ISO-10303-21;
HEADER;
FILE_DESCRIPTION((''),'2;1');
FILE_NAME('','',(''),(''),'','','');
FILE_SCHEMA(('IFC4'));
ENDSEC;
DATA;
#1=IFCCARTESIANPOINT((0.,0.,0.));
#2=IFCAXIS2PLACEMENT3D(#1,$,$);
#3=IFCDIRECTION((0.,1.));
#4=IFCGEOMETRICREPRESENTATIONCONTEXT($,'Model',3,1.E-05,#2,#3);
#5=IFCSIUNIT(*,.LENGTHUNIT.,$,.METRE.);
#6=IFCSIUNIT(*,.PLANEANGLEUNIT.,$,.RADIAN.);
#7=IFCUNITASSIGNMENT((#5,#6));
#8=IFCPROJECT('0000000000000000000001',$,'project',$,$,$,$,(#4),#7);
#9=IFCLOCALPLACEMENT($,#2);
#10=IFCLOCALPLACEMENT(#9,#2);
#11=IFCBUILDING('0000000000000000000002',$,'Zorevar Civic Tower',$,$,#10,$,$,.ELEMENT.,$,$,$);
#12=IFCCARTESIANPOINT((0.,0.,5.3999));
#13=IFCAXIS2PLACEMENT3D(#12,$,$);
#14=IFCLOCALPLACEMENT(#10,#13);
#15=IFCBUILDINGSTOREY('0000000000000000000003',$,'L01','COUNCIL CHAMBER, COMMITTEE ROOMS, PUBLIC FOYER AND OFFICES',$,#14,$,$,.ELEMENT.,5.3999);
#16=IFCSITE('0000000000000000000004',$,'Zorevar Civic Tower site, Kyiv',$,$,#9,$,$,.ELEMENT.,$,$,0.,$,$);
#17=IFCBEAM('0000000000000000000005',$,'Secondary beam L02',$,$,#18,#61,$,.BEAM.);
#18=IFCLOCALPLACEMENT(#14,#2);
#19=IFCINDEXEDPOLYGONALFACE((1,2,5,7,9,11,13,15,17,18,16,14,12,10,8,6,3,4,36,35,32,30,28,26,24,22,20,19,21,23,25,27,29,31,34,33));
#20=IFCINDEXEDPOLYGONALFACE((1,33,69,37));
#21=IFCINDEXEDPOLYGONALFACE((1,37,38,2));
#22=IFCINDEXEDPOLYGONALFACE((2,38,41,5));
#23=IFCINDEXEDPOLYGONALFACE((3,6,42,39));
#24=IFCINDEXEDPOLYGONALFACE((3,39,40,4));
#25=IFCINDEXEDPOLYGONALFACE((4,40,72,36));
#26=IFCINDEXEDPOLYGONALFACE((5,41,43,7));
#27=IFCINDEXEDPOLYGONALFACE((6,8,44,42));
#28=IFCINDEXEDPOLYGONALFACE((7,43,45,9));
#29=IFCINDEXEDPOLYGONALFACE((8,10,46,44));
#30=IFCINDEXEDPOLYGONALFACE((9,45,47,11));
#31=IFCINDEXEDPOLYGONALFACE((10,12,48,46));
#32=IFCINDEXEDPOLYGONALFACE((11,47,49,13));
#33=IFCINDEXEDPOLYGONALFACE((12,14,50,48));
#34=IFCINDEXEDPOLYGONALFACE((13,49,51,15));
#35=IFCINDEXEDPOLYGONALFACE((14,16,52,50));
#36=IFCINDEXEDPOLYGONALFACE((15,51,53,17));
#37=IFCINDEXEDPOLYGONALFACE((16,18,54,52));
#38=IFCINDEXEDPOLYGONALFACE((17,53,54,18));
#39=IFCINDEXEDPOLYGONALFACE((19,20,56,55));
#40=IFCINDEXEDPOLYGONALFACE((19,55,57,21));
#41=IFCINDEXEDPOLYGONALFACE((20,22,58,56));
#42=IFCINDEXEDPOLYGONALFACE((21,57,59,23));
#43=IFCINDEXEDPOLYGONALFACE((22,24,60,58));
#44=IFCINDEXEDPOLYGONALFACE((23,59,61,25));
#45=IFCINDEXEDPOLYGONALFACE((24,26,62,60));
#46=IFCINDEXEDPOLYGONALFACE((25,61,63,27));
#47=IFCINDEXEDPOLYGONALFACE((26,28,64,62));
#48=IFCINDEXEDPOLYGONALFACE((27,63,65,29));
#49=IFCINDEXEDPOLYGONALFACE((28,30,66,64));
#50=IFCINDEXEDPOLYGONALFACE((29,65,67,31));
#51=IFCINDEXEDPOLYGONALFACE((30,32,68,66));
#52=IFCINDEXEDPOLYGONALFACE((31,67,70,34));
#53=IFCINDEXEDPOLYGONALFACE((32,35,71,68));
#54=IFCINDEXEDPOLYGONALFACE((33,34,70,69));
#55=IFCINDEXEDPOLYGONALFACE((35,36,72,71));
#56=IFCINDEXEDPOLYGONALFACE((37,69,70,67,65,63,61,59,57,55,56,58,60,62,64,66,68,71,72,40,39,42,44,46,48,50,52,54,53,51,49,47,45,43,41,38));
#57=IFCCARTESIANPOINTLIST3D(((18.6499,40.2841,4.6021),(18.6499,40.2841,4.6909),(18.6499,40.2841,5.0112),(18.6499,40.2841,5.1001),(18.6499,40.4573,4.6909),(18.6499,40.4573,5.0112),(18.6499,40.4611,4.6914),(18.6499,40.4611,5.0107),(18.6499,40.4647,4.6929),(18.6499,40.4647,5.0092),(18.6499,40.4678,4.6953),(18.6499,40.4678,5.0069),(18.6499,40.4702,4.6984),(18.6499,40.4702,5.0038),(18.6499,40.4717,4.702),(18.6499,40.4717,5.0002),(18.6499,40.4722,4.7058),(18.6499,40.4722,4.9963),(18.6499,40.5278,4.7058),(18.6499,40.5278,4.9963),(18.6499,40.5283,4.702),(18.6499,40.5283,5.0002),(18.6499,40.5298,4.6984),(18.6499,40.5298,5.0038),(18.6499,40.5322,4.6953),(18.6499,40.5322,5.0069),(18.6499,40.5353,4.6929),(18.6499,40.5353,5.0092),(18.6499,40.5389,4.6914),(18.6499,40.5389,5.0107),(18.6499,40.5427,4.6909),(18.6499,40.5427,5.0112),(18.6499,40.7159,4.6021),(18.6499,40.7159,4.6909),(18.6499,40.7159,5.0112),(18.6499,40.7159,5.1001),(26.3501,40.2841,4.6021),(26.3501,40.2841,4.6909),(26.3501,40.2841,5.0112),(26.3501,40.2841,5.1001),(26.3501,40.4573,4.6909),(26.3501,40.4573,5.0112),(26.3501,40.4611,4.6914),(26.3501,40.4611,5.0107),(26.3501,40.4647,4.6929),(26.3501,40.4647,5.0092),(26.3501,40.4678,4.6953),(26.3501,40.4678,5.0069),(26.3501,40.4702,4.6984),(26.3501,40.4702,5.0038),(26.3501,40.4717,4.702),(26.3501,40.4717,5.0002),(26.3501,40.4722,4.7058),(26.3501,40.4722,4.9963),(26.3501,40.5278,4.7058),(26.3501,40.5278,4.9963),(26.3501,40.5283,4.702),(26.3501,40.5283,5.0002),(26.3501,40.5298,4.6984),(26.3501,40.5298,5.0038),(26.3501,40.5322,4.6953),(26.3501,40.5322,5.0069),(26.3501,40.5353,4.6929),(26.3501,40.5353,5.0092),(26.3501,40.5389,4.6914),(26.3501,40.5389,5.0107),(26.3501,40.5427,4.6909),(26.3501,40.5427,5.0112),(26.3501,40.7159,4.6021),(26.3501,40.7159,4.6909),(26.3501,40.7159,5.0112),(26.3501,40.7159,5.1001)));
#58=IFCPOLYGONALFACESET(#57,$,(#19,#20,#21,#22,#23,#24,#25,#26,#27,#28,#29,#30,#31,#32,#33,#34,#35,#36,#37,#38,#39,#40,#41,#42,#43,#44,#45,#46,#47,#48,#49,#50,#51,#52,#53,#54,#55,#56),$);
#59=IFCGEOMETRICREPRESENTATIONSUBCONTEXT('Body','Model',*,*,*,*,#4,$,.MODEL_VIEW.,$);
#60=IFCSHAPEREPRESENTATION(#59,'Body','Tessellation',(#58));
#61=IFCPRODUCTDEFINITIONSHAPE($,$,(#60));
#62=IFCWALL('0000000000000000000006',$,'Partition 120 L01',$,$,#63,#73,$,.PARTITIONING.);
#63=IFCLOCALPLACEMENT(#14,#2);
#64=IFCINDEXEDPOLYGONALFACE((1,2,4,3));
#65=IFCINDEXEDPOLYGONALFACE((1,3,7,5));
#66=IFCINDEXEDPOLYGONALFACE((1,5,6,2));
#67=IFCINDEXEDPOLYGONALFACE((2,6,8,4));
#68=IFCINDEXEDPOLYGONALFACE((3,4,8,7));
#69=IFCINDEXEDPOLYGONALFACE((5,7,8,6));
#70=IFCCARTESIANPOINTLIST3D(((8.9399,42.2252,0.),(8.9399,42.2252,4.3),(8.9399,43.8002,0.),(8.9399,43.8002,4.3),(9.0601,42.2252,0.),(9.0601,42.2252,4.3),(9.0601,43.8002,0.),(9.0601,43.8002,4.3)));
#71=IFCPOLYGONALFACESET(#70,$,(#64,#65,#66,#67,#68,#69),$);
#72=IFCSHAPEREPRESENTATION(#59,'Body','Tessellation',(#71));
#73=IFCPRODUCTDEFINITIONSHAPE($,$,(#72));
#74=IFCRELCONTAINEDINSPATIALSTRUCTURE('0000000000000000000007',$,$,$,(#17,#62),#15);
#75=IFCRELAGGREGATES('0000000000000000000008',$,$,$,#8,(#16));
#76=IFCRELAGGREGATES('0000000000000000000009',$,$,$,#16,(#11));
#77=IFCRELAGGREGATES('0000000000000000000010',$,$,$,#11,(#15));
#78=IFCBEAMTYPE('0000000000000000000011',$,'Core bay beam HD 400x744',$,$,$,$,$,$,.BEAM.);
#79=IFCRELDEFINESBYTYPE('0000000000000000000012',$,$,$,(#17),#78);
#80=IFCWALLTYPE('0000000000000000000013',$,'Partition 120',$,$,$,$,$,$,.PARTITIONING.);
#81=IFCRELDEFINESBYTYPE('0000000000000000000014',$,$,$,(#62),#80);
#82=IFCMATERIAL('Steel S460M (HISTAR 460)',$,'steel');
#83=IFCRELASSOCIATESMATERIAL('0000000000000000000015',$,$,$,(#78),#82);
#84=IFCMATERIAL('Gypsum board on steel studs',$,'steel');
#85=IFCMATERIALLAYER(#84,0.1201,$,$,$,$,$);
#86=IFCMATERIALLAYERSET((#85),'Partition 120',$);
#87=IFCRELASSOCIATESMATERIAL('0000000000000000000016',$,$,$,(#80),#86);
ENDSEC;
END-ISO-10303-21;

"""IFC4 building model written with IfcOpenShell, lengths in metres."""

from ifc_helpers import new_model, si_unit, direction, frame, frame_2d, origin, origin_2d, place, context, subcontext, project, spatial, rectangle, i_section, extrude, material, layer, layer_set, material_profile, profile_set, type_object, element, save


model = new_model("IFC4")

# Units and contexts
model_context = context("Model", 3, precision=1e-05, world=origin(), true_north=direction((0.0, 1.0)))
body_context = subcontext(model_context, "Body", "Model", "MODEL_VIEW")
ifc_project = project(units=[si_unit("LENGTHUNIT", "METRE"), si_unit("PLANEANGLEUNIT", "RADIAN")], contexts=[model_context])

# Site, building, storey
site_placement = place(None, origin())
site = spatial("IfcSite", under=ifc_project, at=site_placement, Name="Zorevar Civic Tower site, Kyiv", CompositionType="ELEMENT", RefElevation=0.0)
building_placement = place(site_placement, origin())
building = spatial("IfcBuilding", under=site, at=building_placement, Name="Zorevar Civic Tower", CompositionType="ELEMENT")
storey_placement = place(building_placement, frame((0.0, 0.0, 5.3999)))
storey = spatial("IfcBuildingStorey", under=building, at=storey_placement, Name="L01", Description="COUNCIL CHAMBER, COMMITTEE ROOMS, PUBLIC FOYER AND OFFICES", CompositionType="ELEMENT", Elevation=5.3999)

# Beam
ifc_material_1 = material(Name="Steel S460M (HISTAR 460)", Category="steel")
ifc_material_profile_1 = material_profile(ifc_material_1, i_section(OverallWidth=0.4319, OverallDepth=0.498, WebThickness=0.0557, FlangeThickness=0.0889, FilletRadius=0.0149, at=origin_2d()), Name="HD 400x744")
ifc_profile_set_1 = profile_set([ifc_material_profile_1], Name="Steel S460M (HISTAR 460)")
beam_type_1 = type_object("IfcBeamType", Name="Core bay beam HD 400x744", PredefinedType="BEAM", material=ifc_profile_set_1)
beam_1_placement = place(storey_placement, frame((18.6499, 40.5, 4.8511), z_axis=(1.0, 0.0, 0.0), x_axis=(0.0, 1.0, 0.0)))
element("IfcBeam", 1, at=beam_1_placement, inside=storey, type_object=beam_type_1, Name="Secondary beam L02", PredefinedType="BEAM", context=body_context, shape_type="SweptSolid", body=[
    extrude(i_section(OverallWidth=0.4319, OverallDepth=0.498, WebThickness=0.0557, FlangeThickness=0.0889, FilletRadius=0.0149, at=origin_2d()), origin(), (0.0, 0.0, 1.0), 7.7002),
])

# Wall
ifc_material_2 = material(Name="Gypsum board on steel studs", Category="steel")
ifc_layer_1 = layer(ifc_material_2, 0.1201)
ifc_layer_set_1 = layer_set([ifc_layer_1], Name="Partition 120")
wall_type_1 = type_object("IfcWallType", Name="Partition 120", PredefinedType="PARTITIONING", material=ifc_layer_set_1)
wall_1_placement = place(storey_placement, frame((9.0, 42.2251, 0.0), z_axis=(0.0, 0.0, 1.0), x_axis=(0.0, 1.0, 0.0)))
element("IfcWall", 2, at=wall_1_placement, inside=storey, type_object=wall_type_1, Name="Partition 120 L01", PredefinedType="PARTITIONING", context=body_context, shape_type="SweptSolid", body=[
    extrude(rectangle(XDim=1.575, YDim=0.1201, at=frame_2d((0.7876, 0.0))), origin(), (0.0, 0.0, 1.0), 4.3),
])

save(model, "model.ifc")
